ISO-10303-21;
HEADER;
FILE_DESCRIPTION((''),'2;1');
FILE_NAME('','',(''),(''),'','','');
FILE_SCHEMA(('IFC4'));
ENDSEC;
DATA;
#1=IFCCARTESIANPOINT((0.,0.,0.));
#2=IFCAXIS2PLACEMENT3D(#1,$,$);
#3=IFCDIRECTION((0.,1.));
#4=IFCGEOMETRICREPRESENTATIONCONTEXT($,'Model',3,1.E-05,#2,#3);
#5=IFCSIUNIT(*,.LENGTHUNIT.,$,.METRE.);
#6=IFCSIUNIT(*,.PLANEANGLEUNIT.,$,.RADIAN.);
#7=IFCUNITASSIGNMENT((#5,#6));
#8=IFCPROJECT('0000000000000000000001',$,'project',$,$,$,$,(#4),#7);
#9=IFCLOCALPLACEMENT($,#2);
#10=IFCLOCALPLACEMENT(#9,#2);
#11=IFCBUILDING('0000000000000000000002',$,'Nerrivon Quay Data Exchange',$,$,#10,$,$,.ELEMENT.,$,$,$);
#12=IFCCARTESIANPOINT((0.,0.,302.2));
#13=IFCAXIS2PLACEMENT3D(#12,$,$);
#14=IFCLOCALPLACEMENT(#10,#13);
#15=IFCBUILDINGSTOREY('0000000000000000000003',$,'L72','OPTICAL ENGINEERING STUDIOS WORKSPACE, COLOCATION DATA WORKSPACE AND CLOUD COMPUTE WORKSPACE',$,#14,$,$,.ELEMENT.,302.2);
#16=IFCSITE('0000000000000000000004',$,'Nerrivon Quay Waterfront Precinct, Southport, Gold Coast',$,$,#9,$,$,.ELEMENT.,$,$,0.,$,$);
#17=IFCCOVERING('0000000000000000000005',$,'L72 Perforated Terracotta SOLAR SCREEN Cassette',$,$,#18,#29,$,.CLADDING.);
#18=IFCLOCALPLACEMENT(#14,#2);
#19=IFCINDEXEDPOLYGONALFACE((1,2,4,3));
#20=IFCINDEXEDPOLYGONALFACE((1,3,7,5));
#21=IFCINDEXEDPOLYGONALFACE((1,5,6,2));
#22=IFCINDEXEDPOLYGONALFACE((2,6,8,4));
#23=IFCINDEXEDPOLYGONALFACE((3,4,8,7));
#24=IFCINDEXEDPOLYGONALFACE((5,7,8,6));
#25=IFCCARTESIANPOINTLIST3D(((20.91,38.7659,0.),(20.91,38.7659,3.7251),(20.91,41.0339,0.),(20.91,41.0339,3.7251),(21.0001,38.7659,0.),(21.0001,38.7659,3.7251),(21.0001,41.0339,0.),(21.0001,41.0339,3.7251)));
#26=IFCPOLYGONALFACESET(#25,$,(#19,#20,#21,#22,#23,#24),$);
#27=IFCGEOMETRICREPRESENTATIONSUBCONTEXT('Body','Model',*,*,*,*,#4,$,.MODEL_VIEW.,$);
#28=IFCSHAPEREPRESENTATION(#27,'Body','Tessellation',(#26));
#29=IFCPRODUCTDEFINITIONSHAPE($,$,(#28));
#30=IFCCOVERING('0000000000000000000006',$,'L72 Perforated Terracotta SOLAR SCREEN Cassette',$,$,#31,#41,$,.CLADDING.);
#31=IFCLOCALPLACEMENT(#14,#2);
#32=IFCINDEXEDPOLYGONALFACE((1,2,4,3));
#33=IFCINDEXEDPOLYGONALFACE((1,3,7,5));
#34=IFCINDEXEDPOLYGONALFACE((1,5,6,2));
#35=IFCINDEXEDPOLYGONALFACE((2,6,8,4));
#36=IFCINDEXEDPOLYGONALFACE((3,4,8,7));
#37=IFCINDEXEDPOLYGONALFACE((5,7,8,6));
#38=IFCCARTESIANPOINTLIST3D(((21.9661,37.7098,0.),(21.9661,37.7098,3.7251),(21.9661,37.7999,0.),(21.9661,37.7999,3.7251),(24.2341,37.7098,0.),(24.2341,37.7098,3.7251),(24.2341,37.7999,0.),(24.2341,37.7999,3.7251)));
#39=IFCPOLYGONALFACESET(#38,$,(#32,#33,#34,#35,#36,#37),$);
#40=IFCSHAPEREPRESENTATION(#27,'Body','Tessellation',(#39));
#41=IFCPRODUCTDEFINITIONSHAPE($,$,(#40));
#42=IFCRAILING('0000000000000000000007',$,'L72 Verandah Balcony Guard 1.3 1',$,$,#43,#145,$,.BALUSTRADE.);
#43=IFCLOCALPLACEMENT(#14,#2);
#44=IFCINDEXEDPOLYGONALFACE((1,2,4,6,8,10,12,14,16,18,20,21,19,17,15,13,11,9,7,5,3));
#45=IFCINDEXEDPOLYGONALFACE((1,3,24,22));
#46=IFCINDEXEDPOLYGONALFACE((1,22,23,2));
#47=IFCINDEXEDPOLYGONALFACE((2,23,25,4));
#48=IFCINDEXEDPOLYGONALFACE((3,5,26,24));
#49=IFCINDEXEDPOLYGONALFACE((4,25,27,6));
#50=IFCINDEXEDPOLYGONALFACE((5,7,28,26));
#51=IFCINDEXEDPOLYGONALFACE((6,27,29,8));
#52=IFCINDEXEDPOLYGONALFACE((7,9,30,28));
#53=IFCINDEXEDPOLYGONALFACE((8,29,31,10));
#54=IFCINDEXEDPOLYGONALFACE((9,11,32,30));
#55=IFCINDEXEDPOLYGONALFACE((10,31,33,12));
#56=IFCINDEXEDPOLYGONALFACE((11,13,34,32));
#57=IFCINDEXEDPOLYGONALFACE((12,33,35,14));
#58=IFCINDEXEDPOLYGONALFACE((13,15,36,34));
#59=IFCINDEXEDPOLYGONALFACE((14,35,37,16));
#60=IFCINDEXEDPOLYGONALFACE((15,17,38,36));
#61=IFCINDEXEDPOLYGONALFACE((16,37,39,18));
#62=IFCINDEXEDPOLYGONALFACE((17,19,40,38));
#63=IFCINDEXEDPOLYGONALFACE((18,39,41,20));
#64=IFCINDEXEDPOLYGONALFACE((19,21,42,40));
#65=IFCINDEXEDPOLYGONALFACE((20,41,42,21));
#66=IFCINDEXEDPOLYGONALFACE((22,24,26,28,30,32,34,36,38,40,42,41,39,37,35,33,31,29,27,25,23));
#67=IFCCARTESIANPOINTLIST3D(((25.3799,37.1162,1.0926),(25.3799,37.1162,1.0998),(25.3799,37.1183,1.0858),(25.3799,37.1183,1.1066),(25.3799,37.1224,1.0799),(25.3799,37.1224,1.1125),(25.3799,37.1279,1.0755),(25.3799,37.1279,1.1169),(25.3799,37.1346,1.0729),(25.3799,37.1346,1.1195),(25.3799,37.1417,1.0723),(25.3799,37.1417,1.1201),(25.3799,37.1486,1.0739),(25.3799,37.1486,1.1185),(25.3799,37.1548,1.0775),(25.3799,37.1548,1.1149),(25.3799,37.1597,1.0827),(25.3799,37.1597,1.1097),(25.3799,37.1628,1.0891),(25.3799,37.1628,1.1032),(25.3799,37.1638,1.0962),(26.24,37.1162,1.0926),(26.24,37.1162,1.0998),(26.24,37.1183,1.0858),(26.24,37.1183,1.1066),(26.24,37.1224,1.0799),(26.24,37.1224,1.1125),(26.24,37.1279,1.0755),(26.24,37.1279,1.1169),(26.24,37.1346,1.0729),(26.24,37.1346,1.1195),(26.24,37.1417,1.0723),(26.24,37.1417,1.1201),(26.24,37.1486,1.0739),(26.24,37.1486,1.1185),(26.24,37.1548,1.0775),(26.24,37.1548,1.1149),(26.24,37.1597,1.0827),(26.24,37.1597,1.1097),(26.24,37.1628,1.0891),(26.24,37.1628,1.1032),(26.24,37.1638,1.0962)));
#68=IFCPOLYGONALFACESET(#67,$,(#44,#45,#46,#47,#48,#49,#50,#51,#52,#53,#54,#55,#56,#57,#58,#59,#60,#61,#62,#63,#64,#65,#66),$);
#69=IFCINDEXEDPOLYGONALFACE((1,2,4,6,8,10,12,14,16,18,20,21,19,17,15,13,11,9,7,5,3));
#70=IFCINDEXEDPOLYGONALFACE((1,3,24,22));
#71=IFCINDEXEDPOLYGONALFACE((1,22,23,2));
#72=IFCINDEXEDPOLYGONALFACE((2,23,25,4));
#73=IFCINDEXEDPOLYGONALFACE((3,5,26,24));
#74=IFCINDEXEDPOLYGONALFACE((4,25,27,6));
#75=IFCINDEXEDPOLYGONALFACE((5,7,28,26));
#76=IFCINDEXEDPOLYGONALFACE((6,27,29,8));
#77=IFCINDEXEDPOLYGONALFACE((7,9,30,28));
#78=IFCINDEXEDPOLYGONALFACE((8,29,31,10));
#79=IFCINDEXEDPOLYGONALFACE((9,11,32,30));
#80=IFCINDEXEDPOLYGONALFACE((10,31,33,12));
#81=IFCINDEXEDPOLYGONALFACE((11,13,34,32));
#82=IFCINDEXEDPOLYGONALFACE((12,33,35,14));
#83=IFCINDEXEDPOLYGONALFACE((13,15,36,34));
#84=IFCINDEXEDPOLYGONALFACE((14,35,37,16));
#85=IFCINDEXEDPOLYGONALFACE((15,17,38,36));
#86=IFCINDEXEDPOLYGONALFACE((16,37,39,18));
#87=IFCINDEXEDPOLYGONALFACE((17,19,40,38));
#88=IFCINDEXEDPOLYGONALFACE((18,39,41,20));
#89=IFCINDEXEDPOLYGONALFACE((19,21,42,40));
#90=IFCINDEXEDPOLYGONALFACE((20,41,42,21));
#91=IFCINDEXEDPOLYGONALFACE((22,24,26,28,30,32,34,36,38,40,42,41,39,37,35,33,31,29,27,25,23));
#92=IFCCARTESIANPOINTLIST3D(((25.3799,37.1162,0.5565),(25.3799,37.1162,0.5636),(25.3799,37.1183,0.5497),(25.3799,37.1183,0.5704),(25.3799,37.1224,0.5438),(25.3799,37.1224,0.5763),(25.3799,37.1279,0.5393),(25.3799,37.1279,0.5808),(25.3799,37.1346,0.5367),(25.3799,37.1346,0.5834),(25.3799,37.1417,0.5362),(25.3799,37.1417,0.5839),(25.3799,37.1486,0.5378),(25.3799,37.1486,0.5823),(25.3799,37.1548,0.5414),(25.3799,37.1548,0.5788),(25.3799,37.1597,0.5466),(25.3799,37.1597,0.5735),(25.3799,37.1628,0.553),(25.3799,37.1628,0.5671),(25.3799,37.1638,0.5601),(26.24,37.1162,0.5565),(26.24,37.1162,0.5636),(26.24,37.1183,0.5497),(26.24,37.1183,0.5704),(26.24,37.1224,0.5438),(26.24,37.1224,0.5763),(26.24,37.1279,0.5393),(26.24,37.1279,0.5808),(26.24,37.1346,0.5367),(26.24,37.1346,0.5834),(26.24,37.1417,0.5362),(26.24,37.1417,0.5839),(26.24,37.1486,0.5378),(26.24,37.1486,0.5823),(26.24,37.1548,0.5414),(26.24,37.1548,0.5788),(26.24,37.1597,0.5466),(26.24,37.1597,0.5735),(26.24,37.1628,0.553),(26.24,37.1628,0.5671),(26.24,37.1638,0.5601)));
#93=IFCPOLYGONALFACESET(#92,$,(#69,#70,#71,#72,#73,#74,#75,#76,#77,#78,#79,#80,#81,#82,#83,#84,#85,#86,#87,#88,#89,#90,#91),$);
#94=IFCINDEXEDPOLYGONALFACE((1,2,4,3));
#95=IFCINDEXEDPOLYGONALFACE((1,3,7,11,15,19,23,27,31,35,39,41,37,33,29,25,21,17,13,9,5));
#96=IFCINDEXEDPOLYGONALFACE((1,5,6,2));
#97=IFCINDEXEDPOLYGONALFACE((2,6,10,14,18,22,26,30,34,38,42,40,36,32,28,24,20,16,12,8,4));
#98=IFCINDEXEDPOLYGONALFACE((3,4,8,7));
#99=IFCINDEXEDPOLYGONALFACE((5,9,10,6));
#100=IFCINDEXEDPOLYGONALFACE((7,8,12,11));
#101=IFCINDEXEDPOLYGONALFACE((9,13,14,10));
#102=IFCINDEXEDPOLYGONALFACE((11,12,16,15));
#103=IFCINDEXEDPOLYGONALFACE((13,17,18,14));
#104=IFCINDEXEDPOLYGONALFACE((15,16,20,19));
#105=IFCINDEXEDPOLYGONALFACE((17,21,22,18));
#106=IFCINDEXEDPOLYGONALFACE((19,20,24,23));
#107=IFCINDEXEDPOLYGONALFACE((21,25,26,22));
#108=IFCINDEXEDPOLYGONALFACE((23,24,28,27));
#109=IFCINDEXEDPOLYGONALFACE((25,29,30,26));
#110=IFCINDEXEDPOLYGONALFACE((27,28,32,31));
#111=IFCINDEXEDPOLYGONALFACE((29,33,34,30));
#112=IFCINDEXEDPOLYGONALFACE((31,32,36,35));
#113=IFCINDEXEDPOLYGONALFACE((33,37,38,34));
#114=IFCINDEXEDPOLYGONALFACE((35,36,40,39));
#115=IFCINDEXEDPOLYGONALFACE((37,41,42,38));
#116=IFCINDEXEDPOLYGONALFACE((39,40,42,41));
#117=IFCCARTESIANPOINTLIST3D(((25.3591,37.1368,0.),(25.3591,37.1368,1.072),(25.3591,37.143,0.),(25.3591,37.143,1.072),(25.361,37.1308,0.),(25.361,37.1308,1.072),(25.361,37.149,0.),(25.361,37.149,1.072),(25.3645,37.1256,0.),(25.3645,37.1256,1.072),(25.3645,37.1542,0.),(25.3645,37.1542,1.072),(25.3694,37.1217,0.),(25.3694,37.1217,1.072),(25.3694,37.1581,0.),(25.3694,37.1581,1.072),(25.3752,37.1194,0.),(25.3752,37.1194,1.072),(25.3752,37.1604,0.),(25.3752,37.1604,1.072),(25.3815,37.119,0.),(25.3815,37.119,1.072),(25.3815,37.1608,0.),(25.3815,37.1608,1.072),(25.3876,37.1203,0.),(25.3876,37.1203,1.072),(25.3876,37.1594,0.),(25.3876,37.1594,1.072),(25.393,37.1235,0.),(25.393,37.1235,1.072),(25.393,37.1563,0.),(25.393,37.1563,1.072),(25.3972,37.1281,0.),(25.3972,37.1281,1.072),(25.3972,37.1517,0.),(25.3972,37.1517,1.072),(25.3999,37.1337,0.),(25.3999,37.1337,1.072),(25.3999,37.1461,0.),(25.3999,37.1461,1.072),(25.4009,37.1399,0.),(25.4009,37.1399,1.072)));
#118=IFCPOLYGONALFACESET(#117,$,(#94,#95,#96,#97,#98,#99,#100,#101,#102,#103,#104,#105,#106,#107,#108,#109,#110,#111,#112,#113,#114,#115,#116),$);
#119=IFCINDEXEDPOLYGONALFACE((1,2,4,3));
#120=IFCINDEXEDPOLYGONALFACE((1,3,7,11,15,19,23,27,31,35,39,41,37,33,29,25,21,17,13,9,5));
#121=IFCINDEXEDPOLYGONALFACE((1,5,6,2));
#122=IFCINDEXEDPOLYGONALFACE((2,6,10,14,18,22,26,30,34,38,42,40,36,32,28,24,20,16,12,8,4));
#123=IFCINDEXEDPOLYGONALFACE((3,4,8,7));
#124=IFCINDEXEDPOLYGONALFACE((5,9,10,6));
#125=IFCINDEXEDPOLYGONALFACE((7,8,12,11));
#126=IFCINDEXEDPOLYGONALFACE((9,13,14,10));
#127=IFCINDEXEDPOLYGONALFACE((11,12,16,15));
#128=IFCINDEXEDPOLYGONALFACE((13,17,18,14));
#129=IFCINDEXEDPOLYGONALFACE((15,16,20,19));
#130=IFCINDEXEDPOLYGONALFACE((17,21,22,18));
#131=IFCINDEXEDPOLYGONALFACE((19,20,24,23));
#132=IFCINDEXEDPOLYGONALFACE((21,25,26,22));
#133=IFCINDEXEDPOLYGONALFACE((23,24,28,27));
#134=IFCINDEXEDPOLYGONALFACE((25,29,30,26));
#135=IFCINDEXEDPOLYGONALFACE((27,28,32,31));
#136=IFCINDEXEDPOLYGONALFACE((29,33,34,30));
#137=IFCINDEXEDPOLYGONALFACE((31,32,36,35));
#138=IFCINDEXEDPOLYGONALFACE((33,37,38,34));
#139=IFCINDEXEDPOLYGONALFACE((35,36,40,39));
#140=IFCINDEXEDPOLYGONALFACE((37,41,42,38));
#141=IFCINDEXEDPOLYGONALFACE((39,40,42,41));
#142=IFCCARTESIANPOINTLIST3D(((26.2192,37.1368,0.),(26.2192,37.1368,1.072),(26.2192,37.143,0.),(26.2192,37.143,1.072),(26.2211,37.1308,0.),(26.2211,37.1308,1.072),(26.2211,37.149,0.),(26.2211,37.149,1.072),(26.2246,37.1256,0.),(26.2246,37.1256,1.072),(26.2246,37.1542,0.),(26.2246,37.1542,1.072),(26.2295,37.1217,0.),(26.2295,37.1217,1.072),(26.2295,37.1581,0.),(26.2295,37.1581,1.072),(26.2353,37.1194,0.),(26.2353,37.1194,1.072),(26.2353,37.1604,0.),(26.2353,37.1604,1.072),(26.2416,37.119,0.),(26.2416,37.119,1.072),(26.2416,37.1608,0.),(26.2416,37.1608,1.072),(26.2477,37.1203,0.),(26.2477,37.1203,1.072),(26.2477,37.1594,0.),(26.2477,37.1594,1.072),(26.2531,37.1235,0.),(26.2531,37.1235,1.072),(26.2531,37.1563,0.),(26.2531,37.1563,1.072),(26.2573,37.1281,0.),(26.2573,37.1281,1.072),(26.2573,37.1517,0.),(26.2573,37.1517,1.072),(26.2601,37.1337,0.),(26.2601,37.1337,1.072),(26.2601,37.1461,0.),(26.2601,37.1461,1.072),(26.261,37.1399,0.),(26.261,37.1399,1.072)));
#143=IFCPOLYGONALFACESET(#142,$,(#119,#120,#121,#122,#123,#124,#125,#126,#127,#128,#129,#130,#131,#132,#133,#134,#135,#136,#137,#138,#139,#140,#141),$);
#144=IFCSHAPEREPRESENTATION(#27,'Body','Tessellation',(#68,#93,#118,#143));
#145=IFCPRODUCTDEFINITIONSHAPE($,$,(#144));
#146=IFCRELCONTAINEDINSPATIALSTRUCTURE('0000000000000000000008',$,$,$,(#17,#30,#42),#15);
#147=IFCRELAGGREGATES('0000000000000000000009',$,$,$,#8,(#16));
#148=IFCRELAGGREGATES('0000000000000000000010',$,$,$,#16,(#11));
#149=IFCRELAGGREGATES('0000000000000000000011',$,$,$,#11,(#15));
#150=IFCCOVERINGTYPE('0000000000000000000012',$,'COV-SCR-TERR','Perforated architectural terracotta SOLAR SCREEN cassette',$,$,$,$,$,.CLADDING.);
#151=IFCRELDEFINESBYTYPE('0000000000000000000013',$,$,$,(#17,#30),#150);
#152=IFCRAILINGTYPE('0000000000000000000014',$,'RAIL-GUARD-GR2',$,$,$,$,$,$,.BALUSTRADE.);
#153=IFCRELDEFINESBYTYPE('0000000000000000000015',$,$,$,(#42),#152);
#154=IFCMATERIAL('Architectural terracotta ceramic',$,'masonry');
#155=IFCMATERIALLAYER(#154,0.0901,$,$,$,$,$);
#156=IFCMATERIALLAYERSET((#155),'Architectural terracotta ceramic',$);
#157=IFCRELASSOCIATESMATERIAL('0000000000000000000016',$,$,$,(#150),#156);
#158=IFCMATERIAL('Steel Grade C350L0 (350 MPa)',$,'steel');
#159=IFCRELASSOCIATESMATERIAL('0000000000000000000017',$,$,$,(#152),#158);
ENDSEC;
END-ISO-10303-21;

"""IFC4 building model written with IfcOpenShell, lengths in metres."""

from ifc_helpers import new_model, si_unit, direction, frame, origin, origin_2d, place, context, subcontext, project, spatial, rectangle, circle, extrude, material, layer, layer_set, type_object, element, save


model = new_model("IFC4")

# Units and contexts
model_context = context("Model", 3, precision=1e-05, world=origin(), true_north=direction((0.0, 1.0)))
body_context = subcontext(model_context, "Body", "Model", "MODEL_VIEW")
ifc_project = project(units=[si_unit("LENGTHUNIT", "METRE"), si_unit("PLANEANGLEUNIT", "RADIAN")], contexts=[model_context])

# Site, building, storey
site_placement = place(None, origin())
site = spatial("IfcSite", under=ifc_project, at=site_placement, Name="Nerrivon Quay Waterfront Precinct, Southport, Gold Coast", CompositionType="ELEMENT", RefElevation=0.0)
building_placement = place(site_placement, origin())
building = spatial("IfcBuilding", under=site, at=building_placement, Name="Nerrivon Quay Data Exchange", CompositionType="ELEMENT")
storey_placement = place(building_placement, frame((0.0, 0.0, 302.2)))
storey = spatial("IfcBuildingStorey", under=building, at=storey_placement, Name="L72", Description="OPTICAL ENGINEERING STUDIOS WORKSPACE, COLOCATION DATA WORKSPACE AND CLOUD COMPUTE WORKSPACE", CompositionType="ELEMENT", Elevation=302.2)

# Coverings
ifc_material_1 = material(Name="Architectural terracotta ceramic", Category="masonry")
ifc_layer_1 = layer(ifc_material_1, 0.0901)
ifc_layer_set_1 = layer_set([ifc_layer_1], Name="Architectural terracotta ceramic")
covering_type = type_object("IfcCoveringType", Name="COV-SCR-TERR", Description="Perforated architectural terracotta SOLAR SCREEN cassette", PredefinedType="CLADDING", material=ifc_layer_set_1)
for number, where, z_axis, x_axis, name in (
    (1, (20.9551, 39.8999, 0.0), (0.0, 0.0, 1.0), (0.0, -1.0, 0.0), "L72 Perforated Terracotta SOLAR SCREEN Cassette"),
    (2, (23.1001, 37.7549, 0.0), (0.0, 0.0, 1.0), (1.0, 0.0, 0.0), "L72 Perforated Terracotta SOLAR SCREEN Cassette"),
):
    element("IfcCovering", number, at=place(storey_placement, frame(where, z_axis=z_axis, x_axis=x_axis)), inside=storey, type_object=covering_type, Name=name, PredefinedType="CLADDING", context=body_context, shape_type="SweptSolid", body=[
        extrude(rectangle(XDim=2.2681, YDim=0.0901, at=origin_2d()), origin(), (0.0, 0.0, 1.0), 3.7251),
    ])

# Railing
ifc_material_2 = material(Name="Steel Grade C350L0 (350 MPa)", Category="steel")
railing_type = type_object("IfcRailingType", Name="RAIL-GUARD-GR2", PredefinedType="BALUSTRADE", material=ifc_material_2)
railing_1_placement = place(storey_placement, frame((25.3799, 37.1399, 0.0)))
element("IfcRailing", 3, at=railing_1_placement, inside=storey, type_object=railing_type, Name="L72 Verandah Balcony Guard 1.3 1", PredefinedType="BALUSTRADE", context=body_context, shape_type="SweptSolid", body=[
    extrude(circle(Radius=0.0239, at=origin_2d()), frame((0.0, 0.0, 1.0962), z_axis=(1.0, 0.0, 0.0), x_axis=(0.0, 1.0, 0.0)), (0.0, 0.0, 1.0), 0.8601),
    extrude(circle(Radius=0.0239, at=origin_2d()), frame((0.0, 0.0, 0.5601), z_axis=(1.0, 0.0, 0.0), x_axis=(0.0, 1.0, 0.0)), (0.0, 0.0, 1.0), 0.8601),
    extrude(circle(Radius=0.021, at=origin_2d()), origin(), (0.0, 0.0, 1.0), 1.072),
    extrude(circle(Radius=0.021, at=origin_2d()), frame((0.8601, 0.0, 0.0)), (0.0, 0.0, 1.0), 1.072),
])

save(model, "model.ifc")
